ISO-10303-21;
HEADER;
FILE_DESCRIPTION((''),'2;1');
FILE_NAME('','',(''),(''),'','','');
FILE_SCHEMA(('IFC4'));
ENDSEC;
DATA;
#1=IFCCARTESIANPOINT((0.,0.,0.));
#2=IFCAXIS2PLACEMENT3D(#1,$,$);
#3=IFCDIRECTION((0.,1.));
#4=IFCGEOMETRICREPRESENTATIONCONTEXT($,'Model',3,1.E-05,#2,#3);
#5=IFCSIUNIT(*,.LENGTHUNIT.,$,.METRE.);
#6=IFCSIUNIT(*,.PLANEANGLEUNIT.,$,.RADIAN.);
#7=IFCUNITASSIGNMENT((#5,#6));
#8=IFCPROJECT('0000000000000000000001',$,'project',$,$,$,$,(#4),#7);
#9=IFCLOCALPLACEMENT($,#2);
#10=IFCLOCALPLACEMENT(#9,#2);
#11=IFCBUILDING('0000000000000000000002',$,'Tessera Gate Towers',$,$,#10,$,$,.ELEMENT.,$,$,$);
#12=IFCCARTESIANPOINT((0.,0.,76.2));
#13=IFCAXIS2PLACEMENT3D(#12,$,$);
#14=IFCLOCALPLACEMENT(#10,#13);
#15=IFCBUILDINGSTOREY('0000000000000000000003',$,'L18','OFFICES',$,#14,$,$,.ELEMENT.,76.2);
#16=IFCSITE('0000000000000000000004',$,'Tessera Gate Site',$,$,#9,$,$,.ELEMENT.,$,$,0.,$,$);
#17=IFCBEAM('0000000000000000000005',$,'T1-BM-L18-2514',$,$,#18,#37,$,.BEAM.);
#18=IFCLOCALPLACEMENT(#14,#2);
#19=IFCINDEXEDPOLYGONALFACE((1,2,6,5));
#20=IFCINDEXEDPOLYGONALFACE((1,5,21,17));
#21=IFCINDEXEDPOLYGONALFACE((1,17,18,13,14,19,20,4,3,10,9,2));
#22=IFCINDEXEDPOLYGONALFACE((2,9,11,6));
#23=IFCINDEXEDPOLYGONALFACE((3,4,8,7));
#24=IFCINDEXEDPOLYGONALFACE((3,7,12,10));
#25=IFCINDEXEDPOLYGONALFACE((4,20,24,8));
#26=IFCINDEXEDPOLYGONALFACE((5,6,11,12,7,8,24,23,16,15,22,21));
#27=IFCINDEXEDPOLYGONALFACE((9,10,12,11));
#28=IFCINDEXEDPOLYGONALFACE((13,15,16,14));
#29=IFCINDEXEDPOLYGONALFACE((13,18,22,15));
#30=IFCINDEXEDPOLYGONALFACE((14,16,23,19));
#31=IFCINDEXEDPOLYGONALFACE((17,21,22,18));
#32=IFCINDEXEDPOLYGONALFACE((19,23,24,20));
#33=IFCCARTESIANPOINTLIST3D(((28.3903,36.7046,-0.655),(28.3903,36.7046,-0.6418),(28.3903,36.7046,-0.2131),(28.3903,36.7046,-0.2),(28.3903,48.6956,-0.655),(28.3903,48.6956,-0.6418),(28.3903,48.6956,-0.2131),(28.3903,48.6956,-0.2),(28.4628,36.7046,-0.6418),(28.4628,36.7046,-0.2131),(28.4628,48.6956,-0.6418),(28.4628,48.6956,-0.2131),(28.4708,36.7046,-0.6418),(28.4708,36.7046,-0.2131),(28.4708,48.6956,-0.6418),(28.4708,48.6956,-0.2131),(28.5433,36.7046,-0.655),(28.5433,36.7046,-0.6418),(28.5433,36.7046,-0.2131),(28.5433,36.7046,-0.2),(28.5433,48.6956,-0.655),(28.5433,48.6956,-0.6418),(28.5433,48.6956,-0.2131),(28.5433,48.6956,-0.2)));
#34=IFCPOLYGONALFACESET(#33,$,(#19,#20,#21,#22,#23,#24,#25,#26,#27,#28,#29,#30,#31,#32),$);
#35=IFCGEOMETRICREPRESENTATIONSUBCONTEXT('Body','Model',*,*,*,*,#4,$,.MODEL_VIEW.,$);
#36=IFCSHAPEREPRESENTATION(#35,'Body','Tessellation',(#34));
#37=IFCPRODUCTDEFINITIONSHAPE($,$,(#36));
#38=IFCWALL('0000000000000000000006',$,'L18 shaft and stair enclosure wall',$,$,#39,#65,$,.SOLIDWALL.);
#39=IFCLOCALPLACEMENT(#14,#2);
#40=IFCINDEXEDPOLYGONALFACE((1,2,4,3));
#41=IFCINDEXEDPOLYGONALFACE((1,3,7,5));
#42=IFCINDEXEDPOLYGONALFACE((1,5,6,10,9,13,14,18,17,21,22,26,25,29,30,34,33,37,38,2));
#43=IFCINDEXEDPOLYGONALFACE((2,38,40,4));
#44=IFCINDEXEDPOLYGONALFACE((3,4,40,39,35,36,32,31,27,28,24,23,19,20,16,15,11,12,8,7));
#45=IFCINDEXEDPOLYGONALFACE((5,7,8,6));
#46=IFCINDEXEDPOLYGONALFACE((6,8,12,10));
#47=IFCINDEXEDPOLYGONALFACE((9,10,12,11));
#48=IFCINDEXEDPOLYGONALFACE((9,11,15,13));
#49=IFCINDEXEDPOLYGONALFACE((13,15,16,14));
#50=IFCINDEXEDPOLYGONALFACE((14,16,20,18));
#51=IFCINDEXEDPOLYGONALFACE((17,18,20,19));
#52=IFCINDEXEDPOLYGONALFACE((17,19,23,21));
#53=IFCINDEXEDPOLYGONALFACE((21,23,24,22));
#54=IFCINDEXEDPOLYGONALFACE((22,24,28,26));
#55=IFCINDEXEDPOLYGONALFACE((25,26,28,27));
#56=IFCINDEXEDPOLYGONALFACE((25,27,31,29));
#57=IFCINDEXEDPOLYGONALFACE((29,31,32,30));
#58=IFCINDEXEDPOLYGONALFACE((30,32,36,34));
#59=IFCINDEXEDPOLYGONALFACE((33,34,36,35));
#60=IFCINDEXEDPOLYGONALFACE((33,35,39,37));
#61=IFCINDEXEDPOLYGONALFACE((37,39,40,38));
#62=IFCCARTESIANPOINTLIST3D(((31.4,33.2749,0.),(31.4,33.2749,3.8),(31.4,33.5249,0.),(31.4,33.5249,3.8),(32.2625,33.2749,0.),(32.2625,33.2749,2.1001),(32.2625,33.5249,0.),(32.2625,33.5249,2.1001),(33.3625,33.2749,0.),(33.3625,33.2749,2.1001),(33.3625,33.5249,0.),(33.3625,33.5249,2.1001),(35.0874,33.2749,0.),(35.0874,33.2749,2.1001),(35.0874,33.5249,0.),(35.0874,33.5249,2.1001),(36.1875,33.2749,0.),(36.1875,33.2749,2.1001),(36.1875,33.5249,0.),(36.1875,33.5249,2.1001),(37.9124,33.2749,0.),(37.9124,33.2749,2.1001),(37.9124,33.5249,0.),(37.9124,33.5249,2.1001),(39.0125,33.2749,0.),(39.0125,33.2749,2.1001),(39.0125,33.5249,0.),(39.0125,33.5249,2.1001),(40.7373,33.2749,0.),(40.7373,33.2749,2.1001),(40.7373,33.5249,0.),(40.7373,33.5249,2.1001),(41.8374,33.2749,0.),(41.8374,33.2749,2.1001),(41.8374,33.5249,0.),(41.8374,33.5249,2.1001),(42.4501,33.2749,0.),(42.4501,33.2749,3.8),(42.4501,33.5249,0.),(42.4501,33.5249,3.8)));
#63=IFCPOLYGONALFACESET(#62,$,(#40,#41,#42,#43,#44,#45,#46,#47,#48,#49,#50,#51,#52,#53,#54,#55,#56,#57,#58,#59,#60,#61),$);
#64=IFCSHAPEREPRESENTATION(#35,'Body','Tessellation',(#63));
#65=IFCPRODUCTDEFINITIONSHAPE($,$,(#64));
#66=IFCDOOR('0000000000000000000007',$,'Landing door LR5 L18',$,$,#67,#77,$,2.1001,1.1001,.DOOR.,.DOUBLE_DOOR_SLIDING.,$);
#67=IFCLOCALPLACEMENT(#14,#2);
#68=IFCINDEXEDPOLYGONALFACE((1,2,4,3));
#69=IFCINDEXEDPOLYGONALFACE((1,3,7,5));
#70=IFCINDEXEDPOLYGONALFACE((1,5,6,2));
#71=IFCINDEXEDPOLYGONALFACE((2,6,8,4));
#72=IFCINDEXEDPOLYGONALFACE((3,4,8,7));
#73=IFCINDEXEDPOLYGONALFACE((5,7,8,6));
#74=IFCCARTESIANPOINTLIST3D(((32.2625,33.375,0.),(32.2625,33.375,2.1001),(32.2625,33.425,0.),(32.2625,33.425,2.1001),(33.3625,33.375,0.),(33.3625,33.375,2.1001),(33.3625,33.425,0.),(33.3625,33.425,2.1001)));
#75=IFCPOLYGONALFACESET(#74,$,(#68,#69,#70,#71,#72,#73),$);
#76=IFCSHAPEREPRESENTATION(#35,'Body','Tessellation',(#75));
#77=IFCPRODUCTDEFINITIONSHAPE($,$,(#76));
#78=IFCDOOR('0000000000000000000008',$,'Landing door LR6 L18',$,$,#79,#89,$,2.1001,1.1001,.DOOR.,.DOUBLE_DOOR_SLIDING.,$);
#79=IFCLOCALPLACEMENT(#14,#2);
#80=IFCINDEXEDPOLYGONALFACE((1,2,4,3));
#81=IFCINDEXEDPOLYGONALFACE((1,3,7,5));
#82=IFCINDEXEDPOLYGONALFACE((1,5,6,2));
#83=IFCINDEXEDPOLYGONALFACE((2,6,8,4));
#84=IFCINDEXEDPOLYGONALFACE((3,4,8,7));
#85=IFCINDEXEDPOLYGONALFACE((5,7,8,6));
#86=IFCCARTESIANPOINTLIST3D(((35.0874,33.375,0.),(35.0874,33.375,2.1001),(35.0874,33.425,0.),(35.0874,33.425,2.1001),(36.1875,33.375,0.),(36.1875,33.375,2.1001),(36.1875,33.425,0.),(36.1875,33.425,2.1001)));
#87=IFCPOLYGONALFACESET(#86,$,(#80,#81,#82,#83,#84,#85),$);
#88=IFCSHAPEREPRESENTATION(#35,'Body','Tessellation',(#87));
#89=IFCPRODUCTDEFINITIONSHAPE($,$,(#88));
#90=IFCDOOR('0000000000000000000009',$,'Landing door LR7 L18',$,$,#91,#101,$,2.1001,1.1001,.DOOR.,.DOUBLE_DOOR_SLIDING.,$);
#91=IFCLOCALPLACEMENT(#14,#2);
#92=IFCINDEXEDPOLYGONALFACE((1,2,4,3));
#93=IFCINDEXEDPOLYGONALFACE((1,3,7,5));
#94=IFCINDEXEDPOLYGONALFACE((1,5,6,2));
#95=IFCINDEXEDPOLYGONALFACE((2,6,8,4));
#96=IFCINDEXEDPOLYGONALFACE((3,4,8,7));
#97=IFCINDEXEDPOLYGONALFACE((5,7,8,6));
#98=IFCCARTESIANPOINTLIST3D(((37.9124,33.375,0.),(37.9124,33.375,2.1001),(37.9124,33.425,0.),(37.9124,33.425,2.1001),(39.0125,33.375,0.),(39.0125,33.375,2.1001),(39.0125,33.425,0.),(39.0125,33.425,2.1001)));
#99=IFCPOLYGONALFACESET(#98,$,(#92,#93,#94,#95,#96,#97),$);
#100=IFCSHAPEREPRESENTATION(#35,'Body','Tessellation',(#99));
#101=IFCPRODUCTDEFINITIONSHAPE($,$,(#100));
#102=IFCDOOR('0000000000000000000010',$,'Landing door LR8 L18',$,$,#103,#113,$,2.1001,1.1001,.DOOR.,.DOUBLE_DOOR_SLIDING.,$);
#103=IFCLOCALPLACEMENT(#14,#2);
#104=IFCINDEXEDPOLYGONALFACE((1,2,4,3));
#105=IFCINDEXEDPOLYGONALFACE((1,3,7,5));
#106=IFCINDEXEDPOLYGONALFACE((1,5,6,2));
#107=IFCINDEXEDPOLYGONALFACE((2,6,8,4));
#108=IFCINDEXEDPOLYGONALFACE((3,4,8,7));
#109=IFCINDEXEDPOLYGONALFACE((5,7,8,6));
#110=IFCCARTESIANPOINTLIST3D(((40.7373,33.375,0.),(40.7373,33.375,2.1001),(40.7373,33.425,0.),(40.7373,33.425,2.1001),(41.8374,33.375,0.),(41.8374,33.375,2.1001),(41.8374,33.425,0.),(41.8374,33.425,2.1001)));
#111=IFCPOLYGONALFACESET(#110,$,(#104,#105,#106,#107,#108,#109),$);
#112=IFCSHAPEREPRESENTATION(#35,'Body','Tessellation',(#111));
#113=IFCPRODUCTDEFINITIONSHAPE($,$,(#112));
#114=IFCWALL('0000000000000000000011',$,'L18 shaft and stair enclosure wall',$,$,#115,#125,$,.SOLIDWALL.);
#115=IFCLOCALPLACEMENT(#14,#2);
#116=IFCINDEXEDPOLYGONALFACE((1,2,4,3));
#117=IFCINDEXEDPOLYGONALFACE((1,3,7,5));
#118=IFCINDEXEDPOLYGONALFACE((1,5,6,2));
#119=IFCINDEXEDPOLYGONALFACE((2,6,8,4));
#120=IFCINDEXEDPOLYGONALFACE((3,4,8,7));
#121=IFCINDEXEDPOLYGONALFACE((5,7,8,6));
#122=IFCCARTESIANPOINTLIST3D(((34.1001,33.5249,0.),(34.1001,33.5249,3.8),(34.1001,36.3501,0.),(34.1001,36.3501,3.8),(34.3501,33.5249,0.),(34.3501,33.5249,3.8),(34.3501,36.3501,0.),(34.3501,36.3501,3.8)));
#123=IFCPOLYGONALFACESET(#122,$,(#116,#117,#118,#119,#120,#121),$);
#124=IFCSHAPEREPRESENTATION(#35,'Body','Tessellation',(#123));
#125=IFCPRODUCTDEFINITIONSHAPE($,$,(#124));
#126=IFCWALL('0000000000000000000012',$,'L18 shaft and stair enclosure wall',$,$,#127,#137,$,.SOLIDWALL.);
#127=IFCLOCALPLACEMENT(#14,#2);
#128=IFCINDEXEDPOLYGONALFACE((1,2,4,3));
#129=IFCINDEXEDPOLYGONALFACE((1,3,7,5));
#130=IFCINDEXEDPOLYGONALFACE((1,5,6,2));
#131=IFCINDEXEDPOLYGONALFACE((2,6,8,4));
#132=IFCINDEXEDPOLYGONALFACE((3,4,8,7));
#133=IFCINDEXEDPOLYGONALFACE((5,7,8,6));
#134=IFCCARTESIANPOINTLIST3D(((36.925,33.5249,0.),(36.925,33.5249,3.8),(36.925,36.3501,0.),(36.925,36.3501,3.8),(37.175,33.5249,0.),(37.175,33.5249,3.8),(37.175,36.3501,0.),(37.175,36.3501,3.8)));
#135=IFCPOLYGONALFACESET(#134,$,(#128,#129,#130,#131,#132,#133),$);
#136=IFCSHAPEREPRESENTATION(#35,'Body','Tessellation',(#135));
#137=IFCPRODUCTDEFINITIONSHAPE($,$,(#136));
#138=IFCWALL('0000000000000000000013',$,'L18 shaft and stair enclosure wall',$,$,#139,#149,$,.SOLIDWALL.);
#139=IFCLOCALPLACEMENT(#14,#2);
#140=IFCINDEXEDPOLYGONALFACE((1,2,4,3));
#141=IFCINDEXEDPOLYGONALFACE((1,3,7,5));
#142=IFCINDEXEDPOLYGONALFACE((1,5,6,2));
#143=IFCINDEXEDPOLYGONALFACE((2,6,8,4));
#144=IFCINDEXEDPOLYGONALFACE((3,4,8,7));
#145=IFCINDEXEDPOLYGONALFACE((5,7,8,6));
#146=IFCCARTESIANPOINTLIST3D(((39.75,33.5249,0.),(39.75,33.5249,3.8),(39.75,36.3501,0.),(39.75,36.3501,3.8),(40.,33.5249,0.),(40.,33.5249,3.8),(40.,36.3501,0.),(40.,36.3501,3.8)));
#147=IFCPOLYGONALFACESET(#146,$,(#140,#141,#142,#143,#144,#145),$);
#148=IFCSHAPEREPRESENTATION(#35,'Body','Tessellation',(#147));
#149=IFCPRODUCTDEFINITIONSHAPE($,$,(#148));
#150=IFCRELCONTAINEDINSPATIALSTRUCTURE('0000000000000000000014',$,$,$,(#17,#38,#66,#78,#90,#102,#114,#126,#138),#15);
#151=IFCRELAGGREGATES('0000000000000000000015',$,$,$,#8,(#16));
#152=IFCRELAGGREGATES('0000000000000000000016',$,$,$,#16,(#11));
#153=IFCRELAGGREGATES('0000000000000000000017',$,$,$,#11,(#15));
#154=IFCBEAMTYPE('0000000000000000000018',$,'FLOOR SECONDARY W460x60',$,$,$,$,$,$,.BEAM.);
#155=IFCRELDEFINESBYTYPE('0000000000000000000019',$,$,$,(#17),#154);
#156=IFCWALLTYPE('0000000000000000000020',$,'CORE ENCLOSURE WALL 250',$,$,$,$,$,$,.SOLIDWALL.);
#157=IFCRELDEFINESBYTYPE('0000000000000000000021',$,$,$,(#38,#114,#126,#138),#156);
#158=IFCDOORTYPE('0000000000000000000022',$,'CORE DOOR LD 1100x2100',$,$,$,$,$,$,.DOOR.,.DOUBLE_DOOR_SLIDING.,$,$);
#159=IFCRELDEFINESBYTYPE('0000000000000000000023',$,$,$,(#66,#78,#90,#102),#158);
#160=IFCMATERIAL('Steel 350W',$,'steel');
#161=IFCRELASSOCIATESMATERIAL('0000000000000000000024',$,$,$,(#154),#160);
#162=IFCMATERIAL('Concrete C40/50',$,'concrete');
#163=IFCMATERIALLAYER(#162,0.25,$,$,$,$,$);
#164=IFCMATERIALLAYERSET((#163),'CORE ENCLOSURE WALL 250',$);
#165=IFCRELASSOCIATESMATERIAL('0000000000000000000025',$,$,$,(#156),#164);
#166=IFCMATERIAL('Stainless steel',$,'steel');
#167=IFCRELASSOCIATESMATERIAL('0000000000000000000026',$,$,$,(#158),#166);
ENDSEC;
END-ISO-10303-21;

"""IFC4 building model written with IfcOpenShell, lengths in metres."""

from ifc_helpers import new_model, si_unit, direction, frame, frame_2d, origin, origin_2d, place, context, subcontext, project, spatial, rectangle, i_section, extrude, source, transform, mapped, material, layer, layer_set, material_profile, profile_set, type_object, element, fill, save


model = new_model("IFC4")

# Units and contexts
model_context = context("Model", 3, precision=1e-05, world=origin(), true_north=direction((0.0, 1.0)))
body_context = subcontext(model_context, "Body", "Model", "MODEL_VIEW")
ifc_project = project(units=[si_unit("LENGTHUNIT", "METRE"), si_unit("PLANEANGLEUNIT", "RADIAN")], contexts=[model_context])

# Site, building, storey
site_placement = place(None, origin())
site = spatial("IfcSite", under=ifc_project, at=site_placement, Name="Tessera Gate Site", CompositionType="ELEMENT", RefElevation=0.0)
building_placement = place(site_placement, origin())
building = spatial("IfcBuilding", under=site, at=building_placement, Name="Tessera Gate Towers", CompositionType="ELEMENT")
storey_placement = place(building_placement, frame((0.0, 0.0, 76.2)))
storey = spatial("IfcBuildingStorey", under=building, at=storey_placement, Name="L18", Description="OFFICES", CompositionType="ELEMENT", Elevation=76.2)

# Beam
ifc_material_1 = material(Name="Steel 350W", Category="steel")
ifc_material_profile = material_profile(ifc_material_1, i_section(OverallWidth=0.1531, OverallDepth=0.4551, WebThickness=0.0081, FlangeThickness=0.0132, at=origin_2d()), Name="W460x60")
ifc_profile_set = profile_set([ifc_material_profile], Name="Steel 350W")
beam_type = type_object("IfcBeamType", Name="FLOOR SECONDARY W460x60", PredefinedType="BEAM", material=ifc_profile_set)
beam_placement = place(storey_placement, frame((28.4668, 36.7046, -0.4275), z_axis=(0.0, 1.0, 0.0), x_axis=(-1.0, 0.0, 0.0)))
element("IfcBeam", 1, at=beam_placement, inside=storey, type_object=beam_type, Name="T1-BM-L18-2514", PredefinedType="BEAM", context=body_context, shape_type="SweptSolid", body=[
    extrude(i_section(OverallWidth=0.1531, OverallDepth=0.4551, WebThickness=0.0081, FlangeThickness=0.0132, at=origin_2d()), origin(), (0.0, 0.0, 1.0), 11.991),
])

# Wall, openings, doors
ifc_material_2 = material(Name="Concrete C40/50", Category="concrete")
ifc_layer_1 = layer(ifc_material_2, 0.25)
ifc_layer_set_1 = layer_set([ifc_layer_1], Name="CORE ENCLOSURE WALL 250")
wall_type_1 = type_object("IfcWallType", Name="CORE ENCLOSURE WALL 250", PredefinedType="SOLIDWALL", material=ifc_layer_set_1)
wall_1_placement = place(storey_placement, frame((42.45, 33.3999, 0.0), z_axis=(0.0, 0.0, 1.0), x_axis=(-1.0, 0.0, 0.0)))
wall_1 = element("IfcWall", 2, at=wall_1_placement, inside=storey, type_object=wall_type_1, Name="L18 shaft and stair enclosure wall", PredefinedType="SOLIDWALL", context=body_context, shape_type="SweptSolid", body=[
    extrude(rectangle(XDim=11.05, YDim=0.25, at=frame_2d((5.5249, 0.0))), origin(), (0.0, 0.0, 1.0), 3.8),
])
shared_shape_1 = source(origin(), body_context, "Body", "SweptSolid", [
    extrude(rectangle(XDim=1.1001, YDim=2.1001, at=frame_2d((0.55, 1.05))), frame((0.0, 0.135, 0.0), z_axis=(0.0, -1.0, 0.0), x_axis=(1.0, 0.0, 0.0)), (0.0, 0.0, 1.0), 0.27),
])
opening_1_placement = place(wall_1_placement, frame((9.0874, 0.0, 0.0)))
opening_1 = element("IfcOpeningElement", 3, at=opening_1_placement, cuts=wall_1, PredefinedType="OPENING", context=body_context, shape_type="MappedRepresentation", body=[
    mapped(shared_shape_1, transform((0.0, 0.0, 0.0), scale=1.0)),
])
opening_2_placement = place(wall_1_placement, frame((6.2625, 0.0, 0.0)))
opening_2 = element("IfcOpeningElement", 4, at=opening_2_placement, cuts=wall_1, PredefinedType="OPENING", context=body_context, shape_type="MappedRepresentation", body=[
    mapped(shared_shape_1, transform((0.0, 0.0, 0.0), scale=1.0)),
])
opening_3_placement = place(wall_1_placement, frame((3.4375, 0.0, 0.0)))
opening_3 = element("IfcOpeningElement", 5, at=opening_3_placement, cuts=wall_1, PredefinedType="OPENING", context=body_context, shape_type="MappedRepresentation", body=[
    mapped(shared_shape_1, transform((0.0, 0.0, 0.0), scale=1.0)),
])
opening_4_placement = place(wall_1_placement, frame((0.6125, 0.0, 0.0)))
opening_4 = element("IfcOpeningElement", 6, at=opening_4_placement, cuts=wall_1, PredefinedType="OPENING", context=body_context, shape_type="MappedRepresentation", body=[
    mapped(shared_shape_1, transform((0.0, 0.0, 0.0), scale=1.0)),
])
ifc_material_3 = material(Name="Stainless steel", Category="steel")
door_type_1 = type_object("IfcDoorType", Name="CORE DOOR LD 1100x2100", OperationType="DOUBLE_DOOR_SLIDING", PredefinedType="DOOR", material=ifc_material_3)
shared_shape_2 = source(origin(), body_context, "Body", "SweptSolid", [
    extrude(rectangle(XDim=1.1001, YDim=2.1001, at=frame_2d((0.55, 1.05))), frame((0.0, 0.0249, 0.0), z_axis=(0.0, -1.0, 0.0), x_axis=(1.0, 0.0, 0.0)), (0.0, 0.0, 1.0), 0.05),
])
door_1_placement = place(opening_1_placement, origin())
door_1 = element("IfcDoor", 7, at=door_1_placement, inside=storey, type_object=door_type_1, Name="Landing door LR5 L18", OperationType="DOUBLE_DOOR_SLIDING", OverallHeight=2.1001, OverallWidth=1.1001, PredefinedType="DOOR", context=body_context, shape_type="MappedRepresentation", body=[
    mapped(shared_shape_2, transform((0.0, 0.0, 0.0), scale=1.0)),
])
fill(opening_1, door_1)
door_2_placement = place(opening_2_placement, origin())
door_2 = element("IfcDoor", 8, at=door_2_placement, inside=storey, type_object=door_type_1, Name="Landing door LR6 L18", OperationType="DOUBLE_DOOR_SLIDING", OverallHeight=2.1001, OverallWidth=1.1001, PredefinedType="DOOR", context=body_context, shape_type="MappedRepresentation", body=[
    mapped(shared_shape_2, transform((0.0, 0.0, 0.0), scale=1.0)),
])
fill(opening_2, door_2)
door_3_placement = place(opening_3_placement, origin())
door_3 = element("IfcDoor", 9, at=door_3_placement, inside=storey, type_object=door_type_1, Name="Landing door LR7 L18", OperationType="DOUBLE_DOOR_SLIDING", OverallHeight=2.1001, OverallWidth=1.1001, PredefinedType="DOOR", context=body_context, shape_type="MappedRepresentation", body=[
    mapped(shared_shape_2, transform((0.0, 0.0, 0.0), scale=1.0)),
])
fill(opening_3, door_3)
door_4_placement = place(opening_4_placement, origin())
door_4 = element("IfcDoor", 10, at=door_4_placement, inside=storey, type_object=door_type_1, Name="Landing door LR8 L18", OperationType="DOUBLE_DOOR_SLIDING", OverallHeight=2.1001, OverallWidth=1.1001, PredefinedType="DOOR", context=body_context, shape_type="MappedRepresentation", body=[
    mapped(shared_shape_2, transform((0.0, 0.0, 0.0), scale=1.0)),
])
fill(opening_4, door_4)

# Walls
for number, where, z_axis, x_axis, name in (
    (11, (34.2251, 33.5249, 0.0), (0.0, 0.0, 1.0), (0.0, 1.0, 0.0), "L18 shaft and stair enclosure wall"),
    (12, (37.05, 33.5249, 0.0), (0.0, 0.0, 1.0), (0.0, 1.0, 0.0), "L18 shaft and stair enclosure wall"),
    (13, (39.875, 33.5249, 0.0), (0.0, 0.0, 1.0), (0.0, 1.0, 0.0), "L18 shaft and stair enclosure wall"),
):
    element("IfcWall", number, at=place(storey_placement, frame(where, z_axis=z_axis, x_axis=x_axis)), inside=storey, type_object=wall_type_1, Name=name, PredefinedType="SOLIDWALL", context=body_context, shape_type="SweptSolid", body=[
        extrude(rectangle(XDim=2.8252, YDim=0.25, at=frame_2d((1.4126, 0.0))), origin(), (0.0, 0.0, 1.0), 3.8),
    ])

save(model, "model.ifc")
